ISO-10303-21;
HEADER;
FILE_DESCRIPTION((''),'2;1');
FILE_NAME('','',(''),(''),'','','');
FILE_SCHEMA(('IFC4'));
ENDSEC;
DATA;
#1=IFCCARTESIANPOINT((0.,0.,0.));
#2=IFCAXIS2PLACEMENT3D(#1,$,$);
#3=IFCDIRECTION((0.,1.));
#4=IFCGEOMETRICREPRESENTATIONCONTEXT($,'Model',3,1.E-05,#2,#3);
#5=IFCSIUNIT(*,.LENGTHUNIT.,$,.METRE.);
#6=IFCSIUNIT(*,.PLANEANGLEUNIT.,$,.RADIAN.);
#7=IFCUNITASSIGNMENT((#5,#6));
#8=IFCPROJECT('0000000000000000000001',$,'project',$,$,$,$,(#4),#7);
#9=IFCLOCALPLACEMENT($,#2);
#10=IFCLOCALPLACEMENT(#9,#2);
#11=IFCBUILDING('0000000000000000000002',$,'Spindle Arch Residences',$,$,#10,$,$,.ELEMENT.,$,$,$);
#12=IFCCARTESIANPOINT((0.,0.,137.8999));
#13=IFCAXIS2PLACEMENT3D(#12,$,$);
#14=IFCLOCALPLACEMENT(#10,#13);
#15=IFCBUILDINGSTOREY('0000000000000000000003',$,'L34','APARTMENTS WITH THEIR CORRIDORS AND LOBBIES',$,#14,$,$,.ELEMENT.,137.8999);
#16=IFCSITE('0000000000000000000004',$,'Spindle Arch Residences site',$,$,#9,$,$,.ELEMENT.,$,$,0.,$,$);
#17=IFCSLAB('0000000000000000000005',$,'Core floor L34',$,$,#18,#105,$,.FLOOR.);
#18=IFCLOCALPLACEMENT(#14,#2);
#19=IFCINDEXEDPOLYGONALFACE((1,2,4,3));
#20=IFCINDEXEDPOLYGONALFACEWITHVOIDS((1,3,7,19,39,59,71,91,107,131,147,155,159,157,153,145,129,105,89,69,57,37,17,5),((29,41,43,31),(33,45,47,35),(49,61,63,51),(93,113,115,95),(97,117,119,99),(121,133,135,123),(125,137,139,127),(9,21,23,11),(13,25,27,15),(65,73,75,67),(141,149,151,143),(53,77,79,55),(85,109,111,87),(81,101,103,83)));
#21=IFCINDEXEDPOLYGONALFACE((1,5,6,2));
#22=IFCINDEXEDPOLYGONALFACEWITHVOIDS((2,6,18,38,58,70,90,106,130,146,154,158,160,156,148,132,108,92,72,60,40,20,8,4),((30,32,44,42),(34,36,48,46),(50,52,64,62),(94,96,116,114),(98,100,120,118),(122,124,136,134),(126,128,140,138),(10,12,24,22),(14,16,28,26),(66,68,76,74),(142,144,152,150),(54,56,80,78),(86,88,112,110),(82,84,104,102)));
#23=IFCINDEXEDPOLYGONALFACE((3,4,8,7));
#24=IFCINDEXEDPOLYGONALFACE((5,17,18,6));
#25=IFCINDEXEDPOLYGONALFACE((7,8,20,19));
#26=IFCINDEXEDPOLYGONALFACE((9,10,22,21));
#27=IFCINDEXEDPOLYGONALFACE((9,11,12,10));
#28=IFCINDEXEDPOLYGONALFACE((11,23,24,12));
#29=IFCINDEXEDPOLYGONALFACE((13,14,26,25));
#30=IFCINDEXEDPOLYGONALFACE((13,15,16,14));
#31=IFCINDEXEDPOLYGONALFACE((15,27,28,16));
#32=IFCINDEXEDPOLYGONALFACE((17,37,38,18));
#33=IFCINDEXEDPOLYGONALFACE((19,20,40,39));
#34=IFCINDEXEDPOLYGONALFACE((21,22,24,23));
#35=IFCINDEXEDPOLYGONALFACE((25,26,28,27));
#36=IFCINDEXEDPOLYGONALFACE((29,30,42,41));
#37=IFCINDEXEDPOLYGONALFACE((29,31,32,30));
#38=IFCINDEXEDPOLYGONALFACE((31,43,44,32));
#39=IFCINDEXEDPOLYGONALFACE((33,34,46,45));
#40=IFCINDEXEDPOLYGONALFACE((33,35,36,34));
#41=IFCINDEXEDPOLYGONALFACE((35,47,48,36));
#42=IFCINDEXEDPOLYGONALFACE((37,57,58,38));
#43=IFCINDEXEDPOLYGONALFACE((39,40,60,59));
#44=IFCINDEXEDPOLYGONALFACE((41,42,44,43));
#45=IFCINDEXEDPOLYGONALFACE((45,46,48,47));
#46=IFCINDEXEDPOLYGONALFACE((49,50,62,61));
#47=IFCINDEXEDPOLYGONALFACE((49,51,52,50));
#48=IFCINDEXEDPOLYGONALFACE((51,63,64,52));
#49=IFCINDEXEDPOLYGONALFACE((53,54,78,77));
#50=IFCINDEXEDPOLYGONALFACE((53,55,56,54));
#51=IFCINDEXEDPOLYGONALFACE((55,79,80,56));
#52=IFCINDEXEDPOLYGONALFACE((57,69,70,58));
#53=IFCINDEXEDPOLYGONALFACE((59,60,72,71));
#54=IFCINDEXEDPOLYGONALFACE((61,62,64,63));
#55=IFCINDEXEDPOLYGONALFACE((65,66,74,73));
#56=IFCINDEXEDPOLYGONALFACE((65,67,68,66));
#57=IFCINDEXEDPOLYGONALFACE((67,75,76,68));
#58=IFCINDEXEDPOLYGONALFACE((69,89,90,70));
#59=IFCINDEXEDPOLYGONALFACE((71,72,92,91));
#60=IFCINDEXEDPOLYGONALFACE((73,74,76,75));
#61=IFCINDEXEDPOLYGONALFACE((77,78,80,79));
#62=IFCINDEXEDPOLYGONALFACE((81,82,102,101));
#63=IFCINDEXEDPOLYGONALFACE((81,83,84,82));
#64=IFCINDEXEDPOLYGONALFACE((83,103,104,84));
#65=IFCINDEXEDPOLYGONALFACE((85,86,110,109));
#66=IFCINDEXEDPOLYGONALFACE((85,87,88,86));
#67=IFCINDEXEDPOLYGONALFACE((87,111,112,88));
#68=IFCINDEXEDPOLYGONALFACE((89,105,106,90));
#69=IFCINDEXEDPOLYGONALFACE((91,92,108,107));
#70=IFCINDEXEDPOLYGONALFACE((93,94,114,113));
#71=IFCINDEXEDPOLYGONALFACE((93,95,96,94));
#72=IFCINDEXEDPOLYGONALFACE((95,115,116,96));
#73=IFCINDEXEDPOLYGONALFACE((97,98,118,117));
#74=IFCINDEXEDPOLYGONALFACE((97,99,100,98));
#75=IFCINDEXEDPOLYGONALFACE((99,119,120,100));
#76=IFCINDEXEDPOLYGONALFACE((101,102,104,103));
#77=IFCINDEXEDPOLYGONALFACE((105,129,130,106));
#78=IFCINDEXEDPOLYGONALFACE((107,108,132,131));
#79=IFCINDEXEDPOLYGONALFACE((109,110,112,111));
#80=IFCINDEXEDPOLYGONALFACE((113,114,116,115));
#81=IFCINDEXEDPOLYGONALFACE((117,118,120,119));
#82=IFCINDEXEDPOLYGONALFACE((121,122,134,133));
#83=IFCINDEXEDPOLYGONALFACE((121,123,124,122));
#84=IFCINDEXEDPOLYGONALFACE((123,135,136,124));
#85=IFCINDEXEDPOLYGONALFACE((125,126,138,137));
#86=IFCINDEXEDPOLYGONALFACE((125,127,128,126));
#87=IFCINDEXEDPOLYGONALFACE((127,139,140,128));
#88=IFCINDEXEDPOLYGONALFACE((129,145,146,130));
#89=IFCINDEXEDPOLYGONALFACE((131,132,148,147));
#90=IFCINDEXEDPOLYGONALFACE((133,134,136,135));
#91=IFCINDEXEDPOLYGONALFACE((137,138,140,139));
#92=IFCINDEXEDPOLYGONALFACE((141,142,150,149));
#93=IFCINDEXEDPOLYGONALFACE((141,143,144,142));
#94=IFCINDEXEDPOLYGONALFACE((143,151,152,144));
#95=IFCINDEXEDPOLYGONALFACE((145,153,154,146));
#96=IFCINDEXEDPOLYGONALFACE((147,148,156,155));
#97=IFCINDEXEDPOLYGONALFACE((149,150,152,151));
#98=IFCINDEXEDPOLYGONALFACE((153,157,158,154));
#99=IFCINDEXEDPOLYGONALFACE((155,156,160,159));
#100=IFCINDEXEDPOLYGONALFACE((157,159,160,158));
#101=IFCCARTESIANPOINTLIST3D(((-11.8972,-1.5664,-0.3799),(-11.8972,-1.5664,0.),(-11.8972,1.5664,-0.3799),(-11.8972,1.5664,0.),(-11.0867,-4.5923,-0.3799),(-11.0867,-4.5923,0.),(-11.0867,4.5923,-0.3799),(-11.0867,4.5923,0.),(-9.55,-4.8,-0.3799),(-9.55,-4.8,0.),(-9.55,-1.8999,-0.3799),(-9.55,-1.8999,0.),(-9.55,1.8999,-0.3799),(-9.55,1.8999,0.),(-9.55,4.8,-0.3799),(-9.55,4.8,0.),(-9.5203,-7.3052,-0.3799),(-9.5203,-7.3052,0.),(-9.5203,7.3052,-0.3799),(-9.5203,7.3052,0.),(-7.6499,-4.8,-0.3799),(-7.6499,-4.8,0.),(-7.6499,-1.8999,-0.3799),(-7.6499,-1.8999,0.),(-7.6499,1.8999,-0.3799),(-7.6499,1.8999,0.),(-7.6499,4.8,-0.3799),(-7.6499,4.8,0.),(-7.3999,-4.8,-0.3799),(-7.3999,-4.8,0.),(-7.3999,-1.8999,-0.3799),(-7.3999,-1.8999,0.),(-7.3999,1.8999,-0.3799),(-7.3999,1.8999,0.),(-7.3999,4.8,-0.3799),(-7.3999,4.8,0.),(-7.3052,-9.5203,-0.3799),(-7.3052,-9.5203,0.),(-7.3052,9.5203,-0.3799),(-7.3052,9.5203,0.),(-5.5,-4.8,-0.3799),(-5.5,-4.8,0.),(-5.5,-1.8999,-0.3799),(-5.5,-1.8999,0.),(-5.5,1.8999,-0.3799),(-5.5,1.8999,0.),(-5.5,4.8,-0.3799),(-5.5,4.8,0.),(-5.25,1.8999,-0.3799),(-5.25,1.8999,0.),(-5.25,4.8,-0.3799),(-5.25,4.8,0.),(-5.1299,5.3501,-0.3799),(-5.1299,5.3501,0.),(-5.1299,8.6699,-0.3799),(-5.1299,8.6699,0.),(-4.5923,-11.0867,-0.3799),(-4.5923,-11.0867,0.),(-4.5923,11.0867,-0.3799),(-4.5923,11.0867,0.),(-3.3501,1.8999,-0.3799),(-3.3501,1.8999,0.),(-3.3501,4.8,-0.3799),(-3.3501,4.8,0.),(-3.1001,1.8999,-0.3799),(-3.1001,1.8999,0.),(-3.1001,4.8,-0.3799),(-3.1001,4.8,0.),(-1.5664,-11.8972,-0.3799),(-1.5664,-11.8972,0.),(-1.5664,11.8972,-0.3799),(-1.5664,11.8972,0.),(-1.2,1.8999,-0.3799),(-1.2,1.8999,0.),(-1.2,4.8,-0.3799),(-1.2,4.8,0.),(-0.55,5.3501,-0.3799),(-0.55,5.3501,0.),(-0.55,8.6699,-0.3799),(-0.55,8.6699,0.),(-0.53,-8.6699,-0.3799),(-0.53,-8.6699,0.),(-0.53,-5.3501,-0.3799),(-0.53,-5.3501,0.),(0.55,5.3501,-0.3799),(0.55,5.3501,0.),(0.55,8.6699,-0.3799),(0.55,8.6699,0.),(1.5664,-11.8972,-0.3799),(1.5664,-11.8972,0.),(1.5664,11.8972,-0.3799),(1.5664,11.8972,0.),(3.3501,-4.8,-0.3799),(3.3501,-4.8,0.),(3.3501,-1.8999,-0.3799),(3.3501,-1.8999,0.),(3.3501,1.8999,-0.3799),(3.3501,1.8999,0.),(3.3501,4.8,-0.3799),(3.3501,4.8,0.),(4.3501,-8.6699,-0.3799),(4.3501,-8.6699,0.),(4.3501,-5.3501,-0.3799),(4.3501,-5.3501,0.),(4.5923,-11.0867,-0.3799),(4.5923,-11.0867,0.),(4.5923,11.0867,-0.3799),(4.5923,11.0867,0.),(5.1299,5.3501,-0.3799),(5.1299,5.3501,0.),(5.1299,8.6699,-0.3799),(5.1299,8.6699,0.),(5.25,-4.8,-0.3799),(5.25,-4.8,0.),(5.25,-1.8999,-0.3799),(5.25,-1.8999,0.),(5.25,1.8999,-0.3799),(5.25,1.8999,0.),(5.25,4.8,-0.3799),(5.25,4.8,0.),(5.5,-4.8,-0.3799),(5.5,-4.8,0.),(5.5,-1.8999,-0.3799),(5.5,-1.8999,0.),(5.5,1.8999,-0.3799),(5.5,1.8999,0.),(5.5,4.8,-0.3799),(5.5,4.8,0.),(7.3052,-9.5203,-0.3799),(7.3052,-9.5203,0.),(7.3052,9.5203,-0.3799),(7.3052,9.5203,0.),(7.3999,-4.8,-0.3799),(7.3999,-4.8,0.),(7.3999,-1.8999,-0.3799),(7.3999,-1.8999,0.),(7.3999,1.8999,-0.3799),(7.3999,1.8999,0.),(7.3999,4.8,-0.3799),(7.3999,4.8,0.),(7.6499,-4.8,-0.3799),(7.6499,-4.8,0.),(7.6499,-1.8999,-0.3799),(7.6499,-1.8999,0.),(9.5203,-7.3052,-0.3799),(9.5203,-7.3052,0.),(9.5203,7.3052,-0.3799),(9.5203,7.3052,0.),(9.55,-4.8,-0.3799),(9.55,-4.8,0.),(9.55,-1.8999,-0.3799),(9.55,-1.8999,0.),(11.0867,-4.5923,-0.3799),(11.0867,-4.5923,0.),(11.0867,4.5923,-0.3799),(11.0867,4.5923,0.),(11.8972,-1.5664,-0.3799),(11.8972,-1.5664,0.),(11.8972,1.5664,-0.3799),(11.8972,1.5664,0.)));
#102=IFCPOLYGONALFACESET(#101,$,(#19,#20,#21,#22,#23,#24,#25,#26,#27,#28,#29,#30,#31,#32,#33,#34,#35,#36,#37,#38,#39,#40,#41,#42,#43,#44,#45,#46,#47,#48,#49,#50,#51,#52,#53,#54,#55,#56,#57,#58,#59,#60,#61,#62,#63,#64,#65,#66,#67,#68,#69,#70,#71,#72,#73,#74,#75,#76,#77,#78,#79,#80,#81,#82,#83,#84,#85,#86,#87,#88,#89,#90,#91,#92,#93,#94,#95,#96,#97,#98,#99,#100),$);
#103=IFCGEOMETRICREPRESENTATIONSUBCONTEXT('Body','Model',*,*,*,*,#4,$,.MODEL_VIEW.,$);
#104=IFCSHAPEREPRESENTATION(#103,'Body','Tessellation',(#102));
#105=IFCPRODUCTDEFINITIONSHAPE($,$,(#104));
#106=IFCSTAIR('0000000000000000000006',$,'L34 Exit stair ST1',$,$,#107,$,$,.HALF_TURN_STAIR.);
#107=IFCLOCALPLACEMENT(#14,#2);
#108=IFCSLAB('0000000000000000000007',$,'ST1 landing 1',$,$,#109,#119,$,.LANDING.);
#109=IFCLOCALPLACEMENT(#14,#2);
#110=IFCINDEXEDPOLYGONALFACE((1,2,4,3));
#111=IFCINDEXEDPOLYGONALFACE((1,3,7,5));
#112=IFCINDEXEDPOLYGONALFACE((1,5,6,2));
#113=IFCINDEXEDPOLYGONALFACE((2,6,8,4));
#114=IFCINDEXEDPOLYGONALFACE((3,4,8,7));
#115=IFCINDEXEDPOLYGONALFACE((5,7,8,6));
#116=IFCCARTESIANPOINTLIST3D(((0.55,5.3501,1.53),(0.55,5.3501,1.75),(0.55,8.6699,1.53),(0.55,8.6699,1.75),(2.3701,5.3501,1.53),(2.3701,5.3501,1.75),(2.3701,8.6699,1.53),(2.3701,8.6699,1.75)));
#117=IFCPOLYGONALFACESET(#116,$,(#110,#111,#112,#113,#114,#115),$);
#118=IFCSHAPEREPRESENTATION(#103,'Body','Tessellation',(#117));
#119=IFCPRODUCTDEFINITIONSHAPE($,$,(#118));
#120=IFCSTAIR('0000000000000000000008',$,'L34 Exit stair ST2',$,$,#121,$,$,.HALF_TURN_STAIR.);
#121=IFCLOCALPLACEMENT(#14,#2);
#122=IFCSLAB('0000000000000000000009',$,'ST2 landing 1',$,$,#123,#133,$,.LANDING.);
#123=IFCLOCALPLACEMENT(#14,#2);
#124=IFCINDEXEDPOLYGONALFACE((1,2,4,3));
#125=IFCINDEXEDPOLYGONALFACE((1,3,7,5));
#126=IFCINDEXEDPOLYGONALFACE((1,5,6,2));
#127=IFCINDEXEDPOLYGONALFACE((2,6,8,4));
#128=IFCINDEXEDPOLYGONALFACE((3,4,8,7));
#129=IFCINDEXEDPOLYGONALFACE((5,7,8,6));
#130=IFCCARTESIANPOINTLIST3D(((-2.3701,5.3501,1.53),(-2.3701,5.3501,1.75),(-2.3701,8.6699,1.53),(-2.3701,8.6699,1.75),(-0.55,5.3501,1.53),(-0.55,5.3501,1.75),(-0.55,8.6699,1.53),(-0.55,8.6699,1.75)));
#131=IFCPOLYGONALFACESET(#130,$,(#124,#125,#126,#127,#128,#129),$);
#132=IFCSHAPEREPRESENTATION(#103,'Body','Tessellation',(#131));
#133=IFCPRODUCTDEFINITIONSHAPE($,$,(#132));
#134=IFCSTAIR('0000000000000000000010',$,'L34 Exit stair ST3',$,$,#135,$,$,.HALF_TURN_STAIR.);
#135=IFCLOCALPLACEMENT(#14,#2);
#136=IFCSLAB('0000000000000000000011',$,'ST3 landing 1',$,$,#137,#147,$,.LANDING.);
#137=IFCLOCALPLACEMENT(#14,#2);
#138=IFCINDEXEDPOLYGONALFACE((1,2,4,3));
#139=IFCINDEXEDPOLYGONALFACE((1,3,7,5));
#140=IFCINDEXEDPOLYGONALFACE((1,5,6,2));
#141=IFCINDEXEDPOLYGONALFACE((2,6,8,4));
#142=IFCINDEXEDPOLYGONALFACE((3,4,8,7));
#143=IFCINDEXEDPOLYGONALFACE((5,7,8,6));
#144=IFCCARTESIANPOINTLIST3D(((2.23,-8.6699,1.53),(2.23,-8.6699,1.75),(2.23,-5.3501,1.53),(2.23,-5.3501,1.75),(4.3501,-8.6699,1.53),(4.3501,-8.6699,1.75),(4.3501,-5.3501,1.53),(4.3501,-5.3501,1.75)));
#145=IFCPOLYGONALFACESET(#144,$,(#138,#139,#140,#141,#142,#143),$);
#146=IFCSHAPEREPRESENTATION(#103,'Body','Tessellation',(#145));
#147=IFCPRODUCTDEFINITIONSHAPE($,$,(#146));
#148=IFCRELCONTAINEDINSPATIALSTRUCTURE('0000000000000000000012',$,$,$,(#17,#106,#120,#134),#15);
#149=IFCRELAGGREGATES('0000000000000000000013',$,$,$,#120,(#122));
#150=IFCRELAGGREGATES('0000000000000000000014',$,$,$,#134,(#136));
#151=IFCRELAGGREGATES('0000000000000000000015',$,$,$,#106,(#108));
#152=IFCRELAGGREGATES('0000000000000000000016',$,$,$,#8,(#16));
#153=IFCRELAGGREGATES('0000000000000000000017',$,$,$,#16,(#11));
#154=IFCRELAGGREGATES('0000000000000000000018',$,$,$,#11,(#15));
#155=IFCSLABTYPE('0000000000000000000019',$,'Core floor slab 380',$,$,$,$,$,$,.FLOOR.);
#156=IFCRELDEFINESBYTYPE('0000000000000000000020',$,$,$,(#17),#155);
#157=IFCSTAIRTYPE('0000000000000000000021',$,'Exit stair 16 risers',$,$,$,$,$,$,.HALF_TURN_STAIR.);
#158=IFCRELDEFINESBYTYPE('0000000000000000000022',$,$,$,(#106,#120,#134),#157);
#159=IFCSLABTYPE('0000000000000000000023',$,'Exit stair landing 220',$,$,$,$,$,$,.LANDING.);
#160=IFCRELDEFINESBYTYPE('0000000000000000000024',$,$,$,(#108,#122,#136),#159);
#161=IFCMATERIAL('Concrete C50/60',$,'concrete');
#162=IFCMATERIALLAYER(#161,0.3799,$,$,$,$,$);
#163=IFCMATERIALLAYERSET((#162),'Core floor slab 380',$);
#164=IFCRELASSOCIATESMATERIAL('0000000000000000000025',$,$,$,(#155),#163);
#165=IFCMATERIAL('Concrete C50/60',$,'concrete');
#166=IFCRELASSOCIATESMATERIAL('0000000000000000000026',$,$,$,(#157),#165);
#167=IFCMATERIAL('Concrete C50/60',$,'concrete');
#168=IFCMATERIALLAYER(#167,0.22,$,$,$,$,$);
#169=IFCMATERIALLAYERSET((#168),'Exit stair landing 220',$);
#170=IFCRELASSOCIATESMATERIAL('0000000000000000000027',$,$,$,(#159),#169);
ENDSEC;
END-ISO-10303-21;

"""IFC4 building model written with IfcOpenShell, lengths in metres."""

from ifc_helpers import new_model, si_unit, direction, frame, origin, place, context, subcontext, project, spatial, polyline, outline, extrude, material, layer, layer_set, type_object, element, aggregate, save


model = new_model("IFC4")

# Units and contexts
model_context = context("Model", 3, precision=1e-05, world=origin(), true_north=direction((0.0, 1.0)))
body_context = subcontext(model_context, "Body", "Model", "MODEL_VIEW")
ifc_project = project(units=[si_unit("LENGTHUNIT", "METRE"), si_unit("PLANEANGLEUNIT", "RADIAN")], contexts=[model_context])

# Site, building, storey
site_placement = place(None, origin())
site = spatial("IfcSite", under=ifc_project, at=site_placement, Name="Spindle Arch Residences site", CompositionType="ELEMENT", RefElevation=0.0)
building_placement = place(site_placement, origin())
building = spatial("IfcBuilding", under=site, at=building_placement, Name="Spindle Arch Residences", CompositionType="ELEMENT")
storey_placement = place(building_placement, frame((0.0, 0.0, 137.8999)))
storey = spatial("IfcBuildingStorey", under=building, at=storey_placement, Name="L34", Description="APARTMENTS WITH THEIR CORRIDORS AND LOBBIES", CompositionType="ELEMENT", Elevation=137.8999)

# Slab
ifc_material_1 = material(Name="Concrete C50/60", Category="concrete")
ifc_layer_1 = layer(ifc_material_1, 0.3799)
ifc_layer_set_1 = layer_set([ifc_layer_1], Name="Core floor slab 380")
slab_type_1 = type_object("IfcSlabType", Name="Core floor slab 380", PredefinedType="FLOOR", material=ifc_layer_set_1)
slab_1_placement = place(storey_placement, frame((0.0, 0.0, -0.3799)))
element("IfcSlab", 1, at=slab_1_placement, inside=storey, type_object=slab_type_1, Name="Core floor L34", PredefinedType="FLOOR", context=body_context, shape_type="SweptSolid", body=[
    extrude(outline(polyline([(1.5664, -11.8972), (4.5923, -11.0867), (7.3052, -9.5203), (9.5203, -7.3052), (11.0867, -4.5923), (11.8972, -1.5664), (11.8972, 1.5664), (11.0867, 4.5923), (9.5203, 7.3052), (7.3052, 9.5203), (4.5923, 11.0867), (1.5664, 11.8972), (-1.5664, 11.8972), (-4.5923, 11.0867), (-7.3052, 9.5203), (-9.5203, 7.3052), (-11.0867, 4.5923), (-11.8972, 1.5664), (-11.8972, -1.5664), (-11.0867, -4.5923), (-9.5203, -7.3052), (-7.3052, -9.5203), (-4.5923, -11.0867), (-1.5664, -11.8972), (1.5664, -11.8972)]), holes=[polyline([(-9.55, 1.8999), (-7.6499, 1.8999), (-7.6499, 4.8), (-9.55, 4.8), (-9.55, 1.8999)]), polyline([(-7.3999, 1.8999), (-5.5, 1.8999), (-5.5, 4.8), (-7.3999, 4.8), (-7.3999, 1.8999)]), polyline([(-5.25, 1.8999), (-3.3501, 1.8999), (-3.3501, 4.8), (-5.25, 4.8), (-5.25, 1.8999)]), polyline([(-3.1001, 1.8999), (-1.2, 1.8999), (-1.2, 4.8), (-3.1001, 4.8), (-3.1001, 1.8999)]), polyline([(3.3501, 1.8999), (5.25, 1.8999), (5.25, 4.8), (3.3501, 4.8), (3.3501, 1.8999)]), polyline([(5.5, 1.8999), (7.3999, 1.8999), (7.3999, 4.8), (5.5, 4.8), (5.5, 1.8999)]), polyline([(-9.55, -4.8), (-7.6499, -4.8), (-7.6499, -1.8999), (-9.55, -1.8999), (-9.55, -4.8)]), polyline([(-7.3999, -4.8), (-5.5, -4.8), (-5.5, -1.8999), (-7.3999, -1.8999), (-7.3999, -4.8)]), polyline([(3.3501, -4.8), (5.25, -4.8), (5.25, -1.8999), (3.3501, -1.8999), (3.3501, -4.8)]), polyline([(5.5, -4.8), (7.3999, -4.8), (7.3999, -1.8999), (5.5, -1.8999), (5.5, -4.8)]), polyline([(7.6499, -4.8), (9.55, -4.8), (9.55, -1.8999), (7.6499, -1.8999), (7.6499, -4.8)]), polyline([(5.1299, 8.6699), (0.55, 8.6699), (0.55, 5.3501), (5.1299, 5.3501), (5.1299, 8.6699)]), polyline([(-5.1299, 5.3501), (-0.55, 5.3501), (-0.55, 8.6699), (-5.1299, 8.6699), (-5.1299, 5.3501)]), polyline([(-0.53, -8.6699), (4.3501, -8.6699), (4.3501, -5.3501), (-0.53, -5.3501), (-0.53, -8.6699)])]), origin(), (0.0, 0.0, 1.0), 0.3799),
])

# Stairs, slabs
ifc_material_2 = material(Name="Concrete C50/60", Category="concrete")
stair_type = type_object("IfcStairType", Name="Exit stair 16 risers", PredefinedType="HALF_TURN_STAIR", material=ifc_material_2)
stair_1_placement = place(storey_placement, origin())
stair_1 = element("IfcStair", 2, at=stair_1_placement, inside=storey, type_object=stair_type, Name="L34 Exit stair ST1", PredefinedType="HALF_TURN_STAIR")
ifc_material_3 = material(Name="Concrete C50/60", Category="concrete")
ifc_layer_2 = layer(ifc_material_3, 0.22)
ifc_layer_set_2 = layer_set([ifc_layer_2], Name="Exit stair landing 220")
slab_type_2 = type_object("IfcSlabType", Name="Exit stair landing 220", PredefinedType="LANDING", material=ifc_layer_set_2)
slab_2_placement = place(storey_placement, frame((0.0, 0.0, 1.53)))
slab_2 = element("IfcSlab", 3, at=slab_2_placement, type_object=slab_type_2, Name="ST1 landing 1", PredefinedType="LANDING", context=body_context, shape_type="SweptSolid", body=[
    extrude(outline(polyline([(2.3701, 8.6699), (0.55, 8.6699), (0.55, 5.3501), (2.3701, 5.3501), (2.3701, 8.6699)])), origin(), (0.0, 0.0, 1.0), 0.22),
])
stair_2_placement = place(storey_placement, origin())
stair_2 = element("IfcStair", 4, at=stair_2_placement, inside=storey, type_object=stair_type, Name="L34 Exit stair ST2", PredefinedType="HALF_TURN_STAIR")
slab_3_placement = place(storey_placement, frame((0.0, 0.0, 1.53)))
slab_3 = element("IfcSlab", 5, at=slab_3_placement, type_object=slab_type_2, Name="ST2 landing 1", PredefinedType="LANDING", context=body_context, shape_type="SweptSolid", body=[
    extrude(outline(polyline([(-2.3701, 5.3501), (-0.55, 5.3501), (-0.55, 8.6699), (-2.3701, 8.6699), (-2.3701, 5.3501)])), origin(), (0.0, 0.0, 1.0), 0.22),
])
aggregate(stair_2, [slab_3])
stair_3_placement = place(storey_placement, origin())
stair_3 = element("IfcStair", 6, at=stair_3_placement, inside=storey, type_object=stair_type, Name="L34 Exit stair ST3", PredefinedType="HALF_TURN_STAIR")
slab_4_placement = place(storey_placement, frame((0.0, 0.0, 1.53)))
slab_4 = element("IfcSlab", 7, at=slab_4_placement, type_object=slab_type_2, Name="ST3 landing 1", PredefinedType="LANDING", context=body_context, shape_type="SweptSolid", body=[
    extrude(outline(polyline([(2.23, -8.6699), (4.3501, -8.6699), (4.3501, -5.3501), (2.23, -5.3501), (2.23, -8.6699)])), origin(), (0.0, 0.0, 1.0), 0.22),
])
aggregate(stair_3, [slab_4])

aggregate(stair_1, [slab_2])

save(model, "model.ifc")
